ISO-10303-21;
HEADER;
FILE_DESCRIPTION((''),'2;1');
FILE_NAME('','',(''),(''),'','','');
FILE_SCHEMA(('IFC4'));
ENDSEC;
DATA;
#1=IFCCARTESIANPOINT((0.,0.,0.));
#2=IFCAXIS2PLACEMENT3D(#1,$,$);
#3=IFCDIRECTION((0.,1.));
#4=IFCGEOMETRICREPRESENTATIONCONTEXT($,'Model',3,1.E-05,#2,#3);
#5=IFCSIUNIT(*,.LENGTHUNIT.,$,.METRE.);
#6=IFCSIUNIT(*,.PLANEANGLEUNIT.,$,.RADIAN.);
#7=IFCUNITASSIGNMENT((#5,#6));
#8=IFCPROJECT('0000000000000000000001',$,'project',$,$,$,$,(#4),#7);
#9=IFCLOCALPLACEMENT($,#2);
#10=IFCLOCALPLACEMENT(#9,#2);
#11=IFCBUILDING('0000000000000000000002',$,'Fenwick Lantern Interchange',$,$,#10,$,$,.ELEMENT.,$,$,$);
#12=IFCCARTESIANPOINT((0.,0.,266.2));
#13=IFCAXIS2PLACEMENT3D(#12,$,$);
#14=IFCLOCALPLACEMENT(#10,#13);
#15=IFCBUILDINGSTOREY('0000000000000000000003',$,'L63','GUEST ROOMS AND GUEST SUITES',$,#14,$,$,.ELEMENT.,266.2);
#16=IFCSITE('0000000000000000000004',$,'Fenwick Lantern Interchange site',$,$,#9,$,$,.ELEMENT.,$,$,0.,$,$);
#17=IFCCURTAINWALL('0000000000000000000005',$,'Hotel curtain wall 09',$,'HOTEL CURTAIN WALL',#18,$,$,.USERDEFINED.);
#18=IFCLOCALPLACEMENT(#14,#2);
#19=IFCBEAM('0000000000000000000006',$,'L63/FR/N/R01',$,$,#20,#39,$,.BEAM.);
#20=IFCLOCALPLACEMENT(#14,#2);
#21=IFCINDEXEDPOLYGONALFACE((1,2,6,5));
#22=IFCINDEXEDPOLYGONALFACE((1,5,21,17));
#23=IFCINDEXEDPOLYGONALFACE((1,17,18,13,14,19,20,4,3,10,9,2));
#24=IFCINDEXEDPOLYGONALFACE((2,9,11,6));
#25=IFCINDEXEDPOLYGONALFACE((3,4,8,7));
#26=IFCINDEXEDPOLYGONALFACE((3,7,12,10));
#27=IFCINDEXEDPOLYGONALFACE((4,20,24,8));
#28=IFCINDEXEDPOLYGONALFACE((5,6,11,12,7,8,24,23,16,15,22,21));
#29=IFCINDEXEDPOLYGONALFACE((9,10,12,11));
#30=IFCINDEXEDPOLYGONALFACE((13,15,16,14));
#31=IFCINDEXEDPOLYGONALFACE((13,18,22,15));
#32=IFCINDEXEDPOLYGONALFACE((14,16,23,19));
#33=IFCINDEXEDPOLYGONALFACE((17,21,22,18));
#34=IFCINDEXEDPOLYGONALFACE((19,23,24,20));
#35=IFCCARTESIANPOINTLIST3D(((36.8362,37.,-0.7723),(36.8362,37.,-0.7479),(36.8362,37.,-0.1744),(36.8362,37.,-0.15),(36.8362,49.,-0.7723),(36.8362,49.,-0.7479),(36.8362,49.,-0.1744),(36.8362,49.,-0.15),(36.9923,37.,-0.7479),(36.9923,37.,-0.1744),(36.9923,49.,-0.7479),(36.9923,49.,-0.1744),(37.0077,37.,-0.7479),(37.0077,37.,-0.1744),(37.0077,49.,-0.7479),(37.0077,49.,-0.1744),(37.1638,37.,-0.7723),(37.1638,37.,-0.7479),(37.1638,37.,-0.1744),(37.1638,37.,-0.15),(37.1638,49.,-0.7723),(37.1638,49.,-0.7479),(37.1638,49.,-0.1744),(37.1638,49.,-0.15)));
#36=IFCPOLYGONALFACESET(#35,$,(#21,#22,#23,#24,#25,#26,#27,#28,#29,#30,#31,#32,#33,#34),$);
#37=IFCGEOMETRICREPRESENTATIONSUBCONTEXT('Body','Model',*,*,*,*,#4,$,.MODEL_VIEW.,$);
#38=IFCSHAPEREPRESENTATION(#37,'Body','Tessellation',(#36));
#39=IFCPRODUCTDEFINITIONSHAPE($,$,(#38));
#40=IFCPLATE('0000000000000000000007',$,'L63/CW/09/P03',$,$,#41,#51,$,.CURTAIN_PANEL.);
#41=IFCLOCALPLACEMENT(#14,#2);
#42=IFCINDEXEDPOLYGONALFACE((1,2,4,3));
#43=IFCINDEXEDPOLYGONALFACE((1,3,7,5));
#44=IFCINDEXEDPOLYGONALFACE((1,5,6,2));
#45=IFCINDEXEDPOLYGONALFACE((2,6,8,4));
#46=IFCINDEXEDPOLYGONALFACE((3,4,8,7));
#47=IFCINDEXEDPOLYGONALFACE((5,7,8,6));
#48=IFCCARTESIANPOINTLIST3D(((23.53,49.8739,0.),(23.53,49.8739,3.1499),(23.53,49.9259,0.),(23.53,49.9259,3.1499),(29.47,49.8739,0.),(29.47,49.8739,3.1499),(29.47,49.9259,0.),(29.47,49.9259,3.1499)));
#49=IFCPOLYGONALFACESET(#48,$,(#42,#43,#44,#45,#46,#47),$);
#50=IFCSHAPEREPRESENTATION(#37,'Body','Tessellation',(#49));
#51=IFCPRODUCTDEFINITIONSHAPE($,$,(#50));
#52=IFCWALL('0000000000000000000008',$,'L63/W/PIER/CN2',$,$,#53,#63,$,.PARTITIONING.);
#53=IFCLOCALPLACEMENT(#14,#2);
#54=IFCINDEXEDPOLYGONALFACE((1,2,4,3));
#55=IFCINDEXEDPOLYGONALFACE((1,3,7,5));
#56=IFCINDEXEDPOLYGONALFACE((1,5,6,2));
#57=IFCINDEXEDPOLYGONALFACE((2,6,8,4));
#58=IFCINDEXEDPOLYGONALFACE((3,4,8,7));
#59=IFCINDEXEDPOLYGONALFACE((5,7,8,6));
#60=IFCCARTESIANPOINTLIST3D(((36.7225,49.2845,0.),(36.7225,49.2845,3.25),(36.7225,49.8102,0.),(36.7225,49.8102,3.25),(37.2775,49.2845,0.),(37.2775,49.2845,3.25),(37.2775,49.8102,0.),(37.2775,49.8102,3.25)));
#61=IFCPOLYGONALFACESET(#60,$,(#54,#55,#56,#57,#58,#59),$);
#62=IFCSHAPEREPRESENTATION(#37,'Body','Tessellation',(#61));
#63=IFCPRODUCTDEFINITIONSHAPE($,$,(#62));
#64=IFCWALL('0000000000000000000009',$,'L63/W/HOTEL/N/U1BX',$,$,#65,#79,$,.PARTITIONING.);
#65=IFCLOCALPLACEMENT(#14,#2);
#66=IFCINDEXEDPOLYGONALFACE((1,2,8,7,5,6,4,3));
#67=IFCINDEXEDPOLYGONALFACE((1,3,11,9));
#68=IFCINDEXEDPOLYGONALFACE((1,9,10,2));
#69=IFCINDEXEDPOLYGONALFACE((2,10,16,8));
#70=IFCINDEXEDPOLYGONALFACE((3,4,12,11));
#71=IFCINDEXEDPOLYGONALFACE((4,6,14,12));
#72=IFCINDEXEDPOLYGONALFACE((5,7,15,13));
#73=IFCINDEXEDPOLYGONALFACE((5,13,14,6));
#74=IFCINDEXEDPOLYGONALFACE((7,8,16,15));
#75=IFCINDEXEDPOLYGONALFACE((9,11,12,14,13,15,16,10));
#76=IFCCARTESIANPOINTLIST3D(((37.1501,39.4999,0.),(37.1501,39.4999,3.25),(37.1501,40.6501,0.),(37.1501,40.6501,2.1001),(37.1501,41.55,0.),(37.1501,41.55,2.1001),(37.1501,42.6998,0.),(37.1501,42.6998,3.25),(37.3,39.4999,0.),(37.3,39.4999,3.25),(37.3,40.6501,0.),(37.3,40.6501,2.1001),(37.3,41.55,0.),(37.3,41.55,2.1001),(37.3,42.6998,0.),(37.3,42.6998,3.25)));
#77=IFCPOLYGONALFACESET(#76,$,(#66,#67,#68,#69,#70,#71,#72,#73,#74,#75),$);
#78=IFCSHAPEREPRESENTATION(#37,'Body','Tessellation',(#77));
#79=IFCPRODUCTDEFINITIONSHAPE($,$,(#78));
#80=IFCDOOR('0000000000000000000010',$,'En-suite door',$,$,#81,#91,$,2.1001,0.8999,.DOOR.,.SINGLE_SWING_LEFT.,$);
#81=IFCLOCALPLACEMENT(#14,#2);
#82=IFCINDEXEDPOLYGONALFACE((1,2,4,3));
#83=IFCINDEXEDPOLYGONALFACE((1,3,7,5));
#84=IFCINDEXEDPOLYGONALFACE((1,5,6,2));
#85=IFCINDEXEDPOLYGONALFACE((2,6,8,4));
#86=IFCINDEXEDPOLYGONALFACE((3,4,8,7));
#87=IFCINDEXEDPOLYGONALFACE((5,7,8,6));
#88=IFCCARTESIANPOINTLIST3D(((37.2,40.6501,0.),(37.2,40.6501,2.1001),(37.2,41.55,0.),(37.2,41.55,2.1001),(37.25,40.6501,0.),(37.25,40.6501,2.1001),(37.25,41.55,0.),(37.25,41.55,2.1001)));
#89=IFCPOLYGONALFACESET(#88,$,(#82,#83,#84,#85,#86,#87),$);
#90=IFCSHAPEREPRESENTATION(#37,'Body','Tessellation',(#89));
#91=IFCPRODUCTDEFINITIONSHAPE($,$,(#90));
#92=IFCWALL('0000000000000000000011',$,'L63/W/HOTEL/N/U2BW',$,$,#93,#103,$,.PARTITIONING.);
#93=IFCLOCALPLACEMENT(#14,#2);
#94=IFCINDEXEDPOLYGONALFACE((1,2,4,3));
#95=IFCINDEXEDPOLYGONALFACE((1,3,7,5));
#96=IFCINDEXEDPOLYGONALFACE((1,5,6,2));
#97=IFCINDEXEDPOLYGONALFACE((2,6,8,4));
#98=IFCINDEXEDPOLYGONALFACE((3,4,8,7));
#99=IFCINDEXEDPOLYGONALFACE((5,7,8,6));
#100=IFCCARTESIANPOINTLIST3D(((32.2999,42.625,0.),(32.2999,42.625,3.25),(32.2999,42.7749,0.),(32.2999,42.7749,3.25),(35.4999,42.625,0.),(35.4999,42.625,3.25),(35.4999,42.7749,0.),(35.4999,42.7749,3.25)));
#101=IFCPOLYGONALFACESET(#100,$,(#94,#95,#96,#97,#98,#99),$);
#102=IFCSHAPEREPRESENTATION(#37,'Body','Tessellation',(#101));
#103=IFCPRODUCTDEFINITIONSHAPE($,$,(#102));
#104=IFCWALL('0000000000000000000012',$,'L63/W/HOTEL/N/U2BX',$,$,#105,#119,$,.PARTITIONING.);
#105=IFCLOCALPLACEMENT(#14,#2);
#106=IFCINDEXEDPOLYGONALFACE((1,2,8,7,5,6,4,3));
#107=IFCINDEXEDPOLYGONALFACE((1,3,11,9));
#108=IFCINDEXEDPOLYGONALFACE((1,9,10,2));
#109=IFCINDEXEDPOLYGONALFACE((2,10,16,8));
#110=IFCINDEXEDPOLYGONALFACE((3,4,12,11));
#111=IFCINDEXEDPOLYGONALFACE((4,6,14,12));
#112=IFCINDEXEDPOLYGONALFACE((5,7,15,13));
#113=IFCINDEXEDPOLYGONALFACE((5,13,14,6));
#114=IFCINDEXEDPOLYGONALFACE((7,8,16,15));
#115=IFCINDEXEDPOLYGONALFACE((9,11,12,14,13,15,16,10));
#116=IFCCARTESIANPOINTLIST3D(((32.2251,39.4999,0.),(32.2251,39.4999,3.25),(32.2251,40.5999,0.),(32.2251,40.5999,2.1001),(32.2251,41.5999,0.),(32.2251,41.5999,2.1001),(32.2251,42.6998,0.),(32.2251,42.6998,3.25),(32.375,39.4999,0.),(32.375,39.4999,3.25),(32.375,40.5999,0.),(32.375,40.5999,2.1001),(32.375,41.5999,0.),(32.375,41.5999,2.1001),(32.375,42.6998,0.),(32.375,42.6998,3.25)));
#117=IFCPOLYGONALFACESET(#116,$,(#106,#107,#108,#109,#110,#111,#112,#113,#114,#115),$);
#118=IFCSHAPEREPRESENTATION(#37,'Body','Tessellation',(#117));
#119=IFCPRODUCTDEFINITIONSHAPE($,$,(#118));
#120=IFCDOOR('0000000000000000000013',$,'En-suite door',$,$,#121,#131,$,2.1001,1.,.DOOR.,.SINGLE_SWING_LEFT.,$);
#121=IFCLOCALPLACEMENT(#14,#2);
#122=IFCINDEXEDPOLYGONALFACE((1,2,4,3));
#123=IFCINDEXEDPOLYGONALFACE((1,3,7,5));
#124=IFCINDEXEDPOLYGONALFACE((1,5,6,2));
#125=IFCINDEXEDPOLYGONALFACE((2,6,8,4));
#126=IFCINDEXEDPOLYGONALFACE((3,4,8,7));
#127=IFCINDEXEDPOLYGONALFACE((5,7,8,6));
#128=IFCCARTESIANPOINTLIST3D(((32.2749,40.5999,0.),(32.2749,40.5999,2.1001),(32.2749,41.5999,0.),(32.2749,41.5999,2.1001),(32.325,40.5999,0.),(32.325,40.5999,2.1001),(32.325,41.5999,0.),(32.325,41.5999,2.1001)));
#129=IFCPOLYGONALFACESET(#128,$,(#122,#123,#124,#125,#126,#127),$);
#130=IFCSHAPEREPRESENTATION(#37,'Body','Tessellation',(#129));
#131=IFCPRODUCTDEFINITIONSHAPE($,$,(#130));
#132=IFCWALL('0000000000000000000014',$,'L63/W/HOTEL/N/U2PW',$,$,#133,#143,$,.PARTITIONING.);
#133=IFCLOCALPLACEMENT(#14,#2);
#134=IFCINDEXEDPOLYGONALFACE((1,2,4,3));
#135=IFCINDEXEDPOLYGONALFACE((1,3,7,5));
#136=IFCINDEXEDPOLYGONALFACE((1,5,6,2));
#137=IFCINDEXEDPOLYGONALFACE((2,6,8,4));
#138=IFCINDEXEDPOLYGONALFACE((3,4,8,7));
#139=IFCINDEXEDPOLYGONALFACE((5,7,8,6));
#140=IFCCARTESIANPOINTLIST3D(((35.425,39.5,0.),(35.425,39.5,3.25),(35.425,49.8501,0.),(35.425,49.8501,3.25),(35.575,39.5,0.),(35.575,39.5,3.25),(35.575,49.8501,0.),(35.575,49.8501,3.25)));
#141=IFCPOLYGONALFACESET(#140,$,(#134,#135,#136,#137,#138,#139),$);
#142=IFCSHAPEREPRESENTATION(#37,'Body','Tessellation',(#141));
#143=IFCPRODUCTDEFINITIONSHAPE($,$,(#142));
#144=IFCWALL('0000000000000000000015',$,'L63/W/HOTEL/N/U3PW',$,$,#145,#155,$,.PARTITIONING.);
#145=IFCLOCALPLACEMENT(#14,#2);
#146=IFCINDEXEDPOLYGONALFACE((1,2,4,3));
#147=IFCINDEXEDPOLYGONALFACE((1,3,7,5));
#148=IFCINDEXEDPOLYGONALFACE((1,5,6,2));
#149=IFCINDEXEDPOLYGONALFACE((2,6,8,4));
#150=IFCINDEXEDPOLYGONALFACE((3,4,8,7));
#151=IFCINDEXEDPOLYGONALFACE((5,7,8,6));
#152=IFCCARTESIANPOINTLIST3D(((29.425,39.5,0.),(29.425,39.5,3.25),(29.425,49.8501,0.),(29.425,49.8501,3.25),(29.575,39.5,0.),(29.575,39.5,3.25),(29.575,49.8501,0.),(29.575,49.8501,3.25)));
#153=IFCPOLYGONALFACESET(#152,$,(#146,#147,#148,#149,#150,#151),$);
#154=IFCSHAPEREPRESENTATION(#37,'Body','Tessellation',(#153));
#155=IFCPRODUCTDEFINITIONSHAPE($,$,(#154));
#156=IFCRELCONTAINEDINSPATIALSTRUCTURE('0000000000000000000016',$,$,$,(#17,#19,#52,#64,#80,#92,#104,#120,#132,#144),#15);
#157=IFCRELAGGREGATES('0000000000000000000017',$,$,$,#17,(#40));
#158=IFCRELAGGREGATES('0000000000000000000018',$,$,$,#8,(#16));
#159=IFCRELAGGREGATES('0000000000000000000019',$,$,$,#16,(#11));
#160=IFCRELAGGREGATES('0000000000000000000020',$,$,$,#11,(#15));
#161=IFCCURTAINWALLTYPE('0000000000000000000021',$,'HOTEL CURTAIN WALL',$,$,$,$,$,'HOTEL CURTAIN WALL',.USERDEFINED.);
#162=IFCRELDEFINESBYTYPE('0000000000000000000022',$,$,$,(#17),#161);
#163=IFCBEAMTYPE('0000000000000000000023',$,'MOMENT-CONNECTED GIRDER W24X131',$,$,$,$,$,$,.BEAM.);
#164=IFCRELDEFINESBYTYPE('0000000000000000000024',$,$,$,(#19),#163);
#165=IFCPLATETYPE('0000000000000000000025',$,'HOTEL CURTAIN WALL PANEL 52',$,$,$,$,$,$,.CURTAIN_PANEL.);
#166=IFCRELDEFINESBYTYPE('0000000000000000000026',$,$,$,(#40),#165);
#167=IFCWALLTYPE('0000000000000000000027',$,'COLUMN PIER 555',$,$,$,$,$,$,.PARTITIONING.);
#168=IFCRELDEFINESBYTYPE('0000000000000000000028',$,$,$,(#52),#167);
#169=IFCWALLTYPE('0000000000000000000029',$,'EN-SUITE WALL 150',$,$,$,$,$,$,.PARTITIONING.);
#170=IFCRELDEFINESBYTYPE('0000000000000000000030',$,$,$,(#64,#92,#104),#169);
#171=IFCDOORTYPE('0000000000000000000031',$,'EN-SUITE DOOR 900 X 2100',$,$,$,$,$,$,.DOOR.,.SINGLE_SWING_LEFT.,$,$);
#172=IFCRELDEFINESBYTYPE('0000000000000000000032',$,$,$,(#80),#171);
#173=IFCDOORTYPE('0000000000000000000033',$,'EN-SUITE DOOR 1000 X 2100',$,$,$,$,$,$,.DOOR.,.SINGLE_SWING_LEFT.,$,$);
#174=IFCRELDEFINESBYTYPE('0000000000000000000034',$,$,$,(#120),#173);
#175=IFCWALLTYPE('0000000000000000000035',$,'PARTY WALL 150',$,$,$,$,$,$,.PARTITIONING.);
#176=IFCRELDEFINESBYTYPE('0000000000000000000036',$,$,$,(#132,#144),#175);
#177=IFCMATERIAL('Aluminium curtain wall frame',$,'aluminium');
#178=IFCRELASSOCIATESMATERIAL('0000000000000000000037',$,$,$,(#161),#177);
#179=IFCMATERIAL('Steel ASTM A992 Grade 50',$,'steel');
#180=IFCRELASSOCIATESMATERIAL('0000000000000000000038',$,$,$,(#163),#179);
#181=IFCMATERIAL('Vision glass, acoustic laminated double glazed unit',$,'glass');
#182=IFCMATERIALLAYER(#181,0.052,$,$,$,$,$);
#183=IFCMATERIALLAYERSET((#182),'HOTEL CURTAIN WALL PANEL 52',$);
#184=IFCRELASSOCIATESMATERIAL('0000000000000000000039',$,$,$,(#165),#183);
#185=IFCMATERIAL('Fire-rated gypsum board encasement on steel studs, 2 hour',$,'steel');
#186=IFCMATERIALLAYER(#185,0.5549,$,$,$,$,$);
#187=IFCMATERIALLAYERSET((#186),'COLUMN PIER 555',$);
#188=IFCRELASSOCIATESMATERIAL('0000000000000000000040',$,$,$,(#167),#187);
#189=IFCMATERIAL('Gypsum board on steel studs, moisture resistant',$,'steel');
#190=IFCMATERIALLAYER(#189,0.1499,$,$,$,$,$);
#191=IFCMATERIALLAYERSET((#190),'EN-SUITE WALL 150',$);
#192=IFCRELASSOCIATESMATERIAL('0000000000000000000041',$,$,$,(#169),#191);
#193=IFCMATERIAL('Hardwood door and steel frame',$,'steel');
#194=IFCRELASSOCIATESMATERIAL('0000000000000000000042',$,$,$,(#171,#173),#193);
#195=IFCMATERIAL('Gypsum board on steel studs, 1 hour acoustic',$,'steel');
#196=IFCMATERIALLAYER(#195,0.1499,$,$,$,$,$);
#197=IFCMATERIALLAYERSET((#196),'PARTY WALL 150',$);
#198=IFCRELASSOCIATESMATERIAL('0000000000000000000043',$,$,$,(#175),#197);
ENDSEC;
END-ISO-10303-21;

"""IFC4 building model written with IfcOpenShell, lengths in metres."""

from ifc_helpers import new_model, si_unit, direction, frame, frame_2d, origin, origin_2d, place, context, subcontext, project, spatial, rectangle, i_section, extrude, material, layer, layer_set, material_profile, profile_set, type_object, element, fill, aggregate, save


model = new_model("IFC4")

# Units and contexts
model_context = context("Model", 3, precision=1e-05, world=origin(), true_north=direction((0.0, 1.0)))
body_context = subcontext(model_context, "Body", "Model", "MODEL_VIEW")
ifc_project = project(units=[si_unit("LENGTHUNIT", "METRE"), si_unit("PLANEANGLEUNIT", "RADIAN")], contexts=[model_context])

# Site, building, storey
site_placement = place(None, origin())
site = spatial("IfcSite", under=ifc_project, at=site_placement, Name="Fenwick Lantern Interchange site", CompositionType="ELEMENT", RefElevation=0.0)
building_placement = place(site_placement, origin())
building = spatial("IfcBuilding", under=site, at=building_placement, Name="Fenwick Lantern Interchange", CompositionType="ELEMENT")
storey_placement = place(building_placement, frame((0.0, 0.0, 266.2)))
storey = spatial("IfcBuildingStorey", under=building, at=storey_placement, Name="L63", Description="GUEST ROOMS AND GUEST SUITES", CompositionType="ELEMENT", Elevation=266.2)

# Shared definitions
ifc_material_1 = material(Name="Steel ASTM A992 Grade 50", Category="steel")

# Curtain wall
ifc_material_2 = material(Name="Aluminium curtain wall frame", Category="aluminium")
curtain_wall_type = type_object("IfcCurtainWallType", Name="HOTEL CURTAIN WALL", ElementType="HOTEL CURTAIN WALL", PredefinedType="USERDEFINED", material=ifc_material_2)
curtain_wall_placement = place(storey_placement, origin())
curtain_wall = element("IfcCurtainWall", 1, at=curtain_wall_placement, inside=storey, type_object=curtain_wall_type, Name="Hotel curtain wall 09", ObjectType="HOTEL CURTAIN WALL", PredefinedType="USERDEFINED")

# Beam
ifc_material_profile_1 = material_profile(ifc_material_1, i_section(OverallWidth=0.3276, OverallDepth=0.6223, WebThickness=0.0154, FlangeThickness=0.0244, at=origin_2d()), Name="W24X131")
ifc_profile_set_1 = profile_set([ifc_material_profile_1], Name="Steel ASTM A992 Grade 50")
beam_type_1 = type_object("IfcBeamType", Name="MOMENT-CONNECTED GIRDER W24X131", PredefinedType="BEAM", material=ifc_profile_set_1)
beam_1_placement = place(storey_placement, frame((37.0, 49.0, -0.4612), z_axis=(0.0, -1.0, 0.0), x_axis=(1.0, 0.0, 0.0)))
element("IfcBeam", 2, at=beam_1_placement, inside=storey, type_object=beam_type_1, Name="L63/FR/N/R01", PredefinedType="BEAM", context=body_context, shape_type="SweptSolid", body=[
    extrude(i_section(OverallWidth=0.3276, OverallDepth=0.6223, WebThickness=0.0154, FlangeThickness=0.0244, at=origin_2d()), origin(), (0.0, 0.0, 1.0), 12.0),
])

# Plate
ifc_material_3 = material(Name="Vision glass, acoustic laminated double glazed unit", Category="glass")
ifc_layer_1 = layer(ifc_material_3, 0.052)
ifc_layer_set_1 = layer_set([ifc_layer_1], Name="HOTEL CURTAIN WALL PANEL 52")
plate_type = type_object("IfcPlateType", Name="HOTEL CURTAIN WALL PANEL 52", PredefinedType="CURTAIN_PANEL", material=ifc_layer_set_1)
plate_placement = place(storey_placement, frame((26.5, 49.8999, 0.0), z_axis=(0.0, 0.0, 1.0), x_axis=(-1.0, 0.0, 0.0)))
plate = element("IfcPlate", 3, at=plate_placement, type_object=plate_type, Name="L63/CW/09/P03", PredefinedType="CURTAIN_PANEL", context=body_context, shape_type="SweptSolid", body=[
    extrude(rectangle(XDim=5.9399, YDim=0.052, at=origin_2d()), origin(), (0.0, 0.0, 1.0), 3.1499),
])
aggregate(curtain_wall, [plate])

# Wall
ifc_material_4 = material(Name="Fire-rated gypsum board encasement on steel studs, 2 hour", Category="steel")
ifc_layer_2 = layer(ifc_material_4, 0.5549)
ifc_layer_set_2 = layer_set([ifc_layer_2], Name="COLUMN PIER 555")
wall_type_1 = type_object("IfcWallType", Name="COLUMN PIER 555", PredefinedType="PARTITIONING", material=ifc_layer_set_2)
wall_1_placement = place(storey_placement, frame((37.0, 49.8101, 0.0), z_axis=(0.0, 0.0, 1.0), x_axis=(0.0, -1.0, 0.0)))
element("IfcWall", 4, at=wall_1_placement, inside=storey, type_object=wall_type_1, Name="L63/W/PIER/CN2", PredefinedType="PARTITIONING", context=body_context, shape_type="SweptSolid", body=[
    extrude(rectangle(XDim=0.5256, YDim=0.5549, at=frame_2d((0.2627, 0.0))), origin(), (0.0, 0.0, 1.0), 3.25),
])

# Wall, opening, door
ifc_material_5 = material(Name="Gypsum board on steel studs, moisture resistant", Category="steel")
ifc_layer_3 = layer(ifc_material_5, 0.1499)
ifc_layer_set_3 = layer_set([ifc_layer_3], Name="EN-SUITE WALL 150")
wall_type_2 = type_object("IfcWallType", Name="EN-SUITE WALL 150", PredefinedType="PARTITIONING", material=ifc_layer_set_3)
wall_2_placement = place(storey_placement, frame((37.2251, 42.7, 0.0), z_axis=(0.0, 0.0, 1.0), x_axis=(0.0, -1.0, 0.0)))
wall_2 = element("IfcWall", 5, at=wall_2_placement, inside=storey, type_object=wall_type_2, Name="L63/W/HOTEL/N/U1BX", PredefinedType="PARTITIONING", context=body_context, shape_type="SweptSolid", body=[
    extrude(rectangle(XDim=3.2, YDim=0.1499, at=frame_2d((1.6001, 0.0))), origin(), (0.0, 0.0, 1.0), 3.25),
])
opening_1_placement = place(wall_2_placement, frame((1.1499, 0.0, 0.0)))
opening_1 = element("IfcOpeningElement", 6, at=opening_1_placement, cuts=wall_2, PredefinedType="OPENING", context=body_context, shape_type="SweptSolid", body=[
    extrude(rectangle(XDim=0.8999, YDim=2.1001, at=frame_2d((0.45, 1.05))), frame((0.0, 0.085, 0.0), z_axis=(0.0, -1.0, 0.0), x_axis=(1.0, 0.0, 0.0)), (0.0, 0.0, 1.0), 0.1699),
])
ifc_material_6 = material(Name="Hardwood door and steel frame", Category="steel")
door_type_1 = type_object("IfcDoorType", Name="EN-SUITE DOOR 900 X 2100", OperationType="SINGLE_SWING_LEFT", PredefinedType="DOOR", material=ifc_material_6)
door_1_placement = place(opening_1_placement, origin())
door_1 = element("IfcDoor", 7, at=door_1_placement, inside=storey, type_object=door_type_1, Name="En-suite door", OperationType="SINGLE_SWING_LEFT", OverallHeight=2.1001, OverallWidth=0.8999, PredefinedType="DOOR", context=body_context, shape_type="SweptSolid", body=[
    extrude(rectangle(XDim=0.8999, YDim=2.1001, at=frame_2d((0.45, 1.05))), frame((0.0, 0.0249, 0.0), z_axis=(0.0, -1.0, 0.0), x_axis=(1.0, 0.0, 0.0)), (0.0, 0.0, 1.0), 0.05),
])
fill(opening_1, door_1)

# Wall
wall_3_placement = place(storey_placement, frame((35.5, 42.7, 0.0), z_axis=(0.0, 0.0, 1.0), x_axis=(-1.0, 0.0, 0.0)))
element("IfcWall", 8, at=wall_3_placement, inside=storey, type_object=wall_type_2, Name="L63/W/HOTEL/N/U2BW", PredefinedType="PARTITIONING", context=body_context, shape_type="SweptSolid", body=[
    extrude(rectangle(XDim=3.2, YDim=0.1499, at=frame_2d((1.6001, 0.0))), origin(), (0.0, 0.0, 1.0), 3.25),
])

# Wall, opening, door
wall_4_placement = place(storey_placement, frame((32.3, 42.7, 0.0), z_axis=(0.0, 0.0, 1.0), x_axis=(0.0, -1.0, 0.0)))
wall_4 = element("IfcWall", 9, at=wall_4_placement, inside=storey, type_object=wall_type_2, Name="L63/W/HOTEL/N/U2BX", PredefinedType="PARTITIONING", context=body_context, shape_type="SweptSolid", body=[
    extrude(rectangle(XDim=3.2, YDim=0.1499, at=frame_2d((1.6001, 0.0))), origin(), (0.0, 0.0, 1.0), 3.25),
])
opening_2_placement = place(wall_4_placement, frame((1.1001, 0.0, 0.0)))
opening_2 = element("IfcOpeningElement", 10, at=opening_2_placement, cuts=wall_4, PredefinedType="OPENING", context=body_context, shape_type="SweptSolid", body=[
    extrude(rectangle(XDim=1.0, YDim=2.1001, at=frame_2d((0.5, 1.05))), frame((0.0, 0.085, 0.0), z_axis=(0.0, -1.0, 0.0), x_axis=(1.0, 0.0, 0.0)), (0.0, 0.0, 1.0), 0.1699),
])
door_type_2 = type_object("IfcDoorType", Name="EN-SUITE DOOR 1000 X 2100", OperationType="SINGLE_SWING_LEFT", PredefinedType="DOOR", material=ifc_material_6)
door_2_placement = place(opening_2_placement, origin())
door_2 = element("IfcDoor", 11, at=door_2_placement, inside=storey, type_object=door_type_2, Name="En-suite door", OperationType="SINGLE_SWING_LEFT", OverallHeight=2.1001, OverallWidth=1.0, PredefinedType="DOOR", context=body_context, shape_type="SweptSolid", body=[
    extrude(rectangle(XDim=1.0, YDim=2.1001, at=frame_2d((0.5, 1.05))), frame((0.0, 0.0249, 0.0), z_axis=(0.0, -1.0, 0.0), x_axis=(1.0, 0.0, 0.0)), (0.0, 0.0, 1.0), 0.05),
])
fill(opening_2, door_2)

# Walls
ifc_material_7 = material(Name="Gypsum board on steel studs, 1 hour acoustic", Category="steel")
ifc_layer_4 = layer(ifc_material_7, 0.1499)
ifc_layer_set_4 = layer_set([ifc_layer_4], Name="PARTY WALL 150")
wall_type_3 = type_object("IfcWallType", Name="PARTY WALL 150", PredefinedType="PARTITIONING", material=ifc_layer_set_4)
for number, where, z_axis, x_axis, name in (
    (12, (35.5, 49.8501, 0.0), (0.0, 0.0, 1.0), (0.0, -1.0, 0.0), "L63/W/HOTEL/N/U2PW"),
    (13, (29.5, 49.8501, 0.0), (0.0, 0.0, 1.0), (0.0, -1.0, 0.0), "L63/W/HOTEL/N/U3PW"),
):
    element("IfcWall", number, at=place(storey_placement, frame(where, z_axis=z_axis, x_axis=x_axis)), inside=storey, type_object=wall_type_3, Name=name, PredefinedType="PARTITIONING", context=body_context, shape_type="SweptSolid", body=[
        extrude(rectangle(XDim=10.3501, YDim=0.1499, at=frame_2d((5.175, 0.0))), origin(), (0.0, 0.0, 1.0), 3.25),
    ])

save(model, "model.ifc")
